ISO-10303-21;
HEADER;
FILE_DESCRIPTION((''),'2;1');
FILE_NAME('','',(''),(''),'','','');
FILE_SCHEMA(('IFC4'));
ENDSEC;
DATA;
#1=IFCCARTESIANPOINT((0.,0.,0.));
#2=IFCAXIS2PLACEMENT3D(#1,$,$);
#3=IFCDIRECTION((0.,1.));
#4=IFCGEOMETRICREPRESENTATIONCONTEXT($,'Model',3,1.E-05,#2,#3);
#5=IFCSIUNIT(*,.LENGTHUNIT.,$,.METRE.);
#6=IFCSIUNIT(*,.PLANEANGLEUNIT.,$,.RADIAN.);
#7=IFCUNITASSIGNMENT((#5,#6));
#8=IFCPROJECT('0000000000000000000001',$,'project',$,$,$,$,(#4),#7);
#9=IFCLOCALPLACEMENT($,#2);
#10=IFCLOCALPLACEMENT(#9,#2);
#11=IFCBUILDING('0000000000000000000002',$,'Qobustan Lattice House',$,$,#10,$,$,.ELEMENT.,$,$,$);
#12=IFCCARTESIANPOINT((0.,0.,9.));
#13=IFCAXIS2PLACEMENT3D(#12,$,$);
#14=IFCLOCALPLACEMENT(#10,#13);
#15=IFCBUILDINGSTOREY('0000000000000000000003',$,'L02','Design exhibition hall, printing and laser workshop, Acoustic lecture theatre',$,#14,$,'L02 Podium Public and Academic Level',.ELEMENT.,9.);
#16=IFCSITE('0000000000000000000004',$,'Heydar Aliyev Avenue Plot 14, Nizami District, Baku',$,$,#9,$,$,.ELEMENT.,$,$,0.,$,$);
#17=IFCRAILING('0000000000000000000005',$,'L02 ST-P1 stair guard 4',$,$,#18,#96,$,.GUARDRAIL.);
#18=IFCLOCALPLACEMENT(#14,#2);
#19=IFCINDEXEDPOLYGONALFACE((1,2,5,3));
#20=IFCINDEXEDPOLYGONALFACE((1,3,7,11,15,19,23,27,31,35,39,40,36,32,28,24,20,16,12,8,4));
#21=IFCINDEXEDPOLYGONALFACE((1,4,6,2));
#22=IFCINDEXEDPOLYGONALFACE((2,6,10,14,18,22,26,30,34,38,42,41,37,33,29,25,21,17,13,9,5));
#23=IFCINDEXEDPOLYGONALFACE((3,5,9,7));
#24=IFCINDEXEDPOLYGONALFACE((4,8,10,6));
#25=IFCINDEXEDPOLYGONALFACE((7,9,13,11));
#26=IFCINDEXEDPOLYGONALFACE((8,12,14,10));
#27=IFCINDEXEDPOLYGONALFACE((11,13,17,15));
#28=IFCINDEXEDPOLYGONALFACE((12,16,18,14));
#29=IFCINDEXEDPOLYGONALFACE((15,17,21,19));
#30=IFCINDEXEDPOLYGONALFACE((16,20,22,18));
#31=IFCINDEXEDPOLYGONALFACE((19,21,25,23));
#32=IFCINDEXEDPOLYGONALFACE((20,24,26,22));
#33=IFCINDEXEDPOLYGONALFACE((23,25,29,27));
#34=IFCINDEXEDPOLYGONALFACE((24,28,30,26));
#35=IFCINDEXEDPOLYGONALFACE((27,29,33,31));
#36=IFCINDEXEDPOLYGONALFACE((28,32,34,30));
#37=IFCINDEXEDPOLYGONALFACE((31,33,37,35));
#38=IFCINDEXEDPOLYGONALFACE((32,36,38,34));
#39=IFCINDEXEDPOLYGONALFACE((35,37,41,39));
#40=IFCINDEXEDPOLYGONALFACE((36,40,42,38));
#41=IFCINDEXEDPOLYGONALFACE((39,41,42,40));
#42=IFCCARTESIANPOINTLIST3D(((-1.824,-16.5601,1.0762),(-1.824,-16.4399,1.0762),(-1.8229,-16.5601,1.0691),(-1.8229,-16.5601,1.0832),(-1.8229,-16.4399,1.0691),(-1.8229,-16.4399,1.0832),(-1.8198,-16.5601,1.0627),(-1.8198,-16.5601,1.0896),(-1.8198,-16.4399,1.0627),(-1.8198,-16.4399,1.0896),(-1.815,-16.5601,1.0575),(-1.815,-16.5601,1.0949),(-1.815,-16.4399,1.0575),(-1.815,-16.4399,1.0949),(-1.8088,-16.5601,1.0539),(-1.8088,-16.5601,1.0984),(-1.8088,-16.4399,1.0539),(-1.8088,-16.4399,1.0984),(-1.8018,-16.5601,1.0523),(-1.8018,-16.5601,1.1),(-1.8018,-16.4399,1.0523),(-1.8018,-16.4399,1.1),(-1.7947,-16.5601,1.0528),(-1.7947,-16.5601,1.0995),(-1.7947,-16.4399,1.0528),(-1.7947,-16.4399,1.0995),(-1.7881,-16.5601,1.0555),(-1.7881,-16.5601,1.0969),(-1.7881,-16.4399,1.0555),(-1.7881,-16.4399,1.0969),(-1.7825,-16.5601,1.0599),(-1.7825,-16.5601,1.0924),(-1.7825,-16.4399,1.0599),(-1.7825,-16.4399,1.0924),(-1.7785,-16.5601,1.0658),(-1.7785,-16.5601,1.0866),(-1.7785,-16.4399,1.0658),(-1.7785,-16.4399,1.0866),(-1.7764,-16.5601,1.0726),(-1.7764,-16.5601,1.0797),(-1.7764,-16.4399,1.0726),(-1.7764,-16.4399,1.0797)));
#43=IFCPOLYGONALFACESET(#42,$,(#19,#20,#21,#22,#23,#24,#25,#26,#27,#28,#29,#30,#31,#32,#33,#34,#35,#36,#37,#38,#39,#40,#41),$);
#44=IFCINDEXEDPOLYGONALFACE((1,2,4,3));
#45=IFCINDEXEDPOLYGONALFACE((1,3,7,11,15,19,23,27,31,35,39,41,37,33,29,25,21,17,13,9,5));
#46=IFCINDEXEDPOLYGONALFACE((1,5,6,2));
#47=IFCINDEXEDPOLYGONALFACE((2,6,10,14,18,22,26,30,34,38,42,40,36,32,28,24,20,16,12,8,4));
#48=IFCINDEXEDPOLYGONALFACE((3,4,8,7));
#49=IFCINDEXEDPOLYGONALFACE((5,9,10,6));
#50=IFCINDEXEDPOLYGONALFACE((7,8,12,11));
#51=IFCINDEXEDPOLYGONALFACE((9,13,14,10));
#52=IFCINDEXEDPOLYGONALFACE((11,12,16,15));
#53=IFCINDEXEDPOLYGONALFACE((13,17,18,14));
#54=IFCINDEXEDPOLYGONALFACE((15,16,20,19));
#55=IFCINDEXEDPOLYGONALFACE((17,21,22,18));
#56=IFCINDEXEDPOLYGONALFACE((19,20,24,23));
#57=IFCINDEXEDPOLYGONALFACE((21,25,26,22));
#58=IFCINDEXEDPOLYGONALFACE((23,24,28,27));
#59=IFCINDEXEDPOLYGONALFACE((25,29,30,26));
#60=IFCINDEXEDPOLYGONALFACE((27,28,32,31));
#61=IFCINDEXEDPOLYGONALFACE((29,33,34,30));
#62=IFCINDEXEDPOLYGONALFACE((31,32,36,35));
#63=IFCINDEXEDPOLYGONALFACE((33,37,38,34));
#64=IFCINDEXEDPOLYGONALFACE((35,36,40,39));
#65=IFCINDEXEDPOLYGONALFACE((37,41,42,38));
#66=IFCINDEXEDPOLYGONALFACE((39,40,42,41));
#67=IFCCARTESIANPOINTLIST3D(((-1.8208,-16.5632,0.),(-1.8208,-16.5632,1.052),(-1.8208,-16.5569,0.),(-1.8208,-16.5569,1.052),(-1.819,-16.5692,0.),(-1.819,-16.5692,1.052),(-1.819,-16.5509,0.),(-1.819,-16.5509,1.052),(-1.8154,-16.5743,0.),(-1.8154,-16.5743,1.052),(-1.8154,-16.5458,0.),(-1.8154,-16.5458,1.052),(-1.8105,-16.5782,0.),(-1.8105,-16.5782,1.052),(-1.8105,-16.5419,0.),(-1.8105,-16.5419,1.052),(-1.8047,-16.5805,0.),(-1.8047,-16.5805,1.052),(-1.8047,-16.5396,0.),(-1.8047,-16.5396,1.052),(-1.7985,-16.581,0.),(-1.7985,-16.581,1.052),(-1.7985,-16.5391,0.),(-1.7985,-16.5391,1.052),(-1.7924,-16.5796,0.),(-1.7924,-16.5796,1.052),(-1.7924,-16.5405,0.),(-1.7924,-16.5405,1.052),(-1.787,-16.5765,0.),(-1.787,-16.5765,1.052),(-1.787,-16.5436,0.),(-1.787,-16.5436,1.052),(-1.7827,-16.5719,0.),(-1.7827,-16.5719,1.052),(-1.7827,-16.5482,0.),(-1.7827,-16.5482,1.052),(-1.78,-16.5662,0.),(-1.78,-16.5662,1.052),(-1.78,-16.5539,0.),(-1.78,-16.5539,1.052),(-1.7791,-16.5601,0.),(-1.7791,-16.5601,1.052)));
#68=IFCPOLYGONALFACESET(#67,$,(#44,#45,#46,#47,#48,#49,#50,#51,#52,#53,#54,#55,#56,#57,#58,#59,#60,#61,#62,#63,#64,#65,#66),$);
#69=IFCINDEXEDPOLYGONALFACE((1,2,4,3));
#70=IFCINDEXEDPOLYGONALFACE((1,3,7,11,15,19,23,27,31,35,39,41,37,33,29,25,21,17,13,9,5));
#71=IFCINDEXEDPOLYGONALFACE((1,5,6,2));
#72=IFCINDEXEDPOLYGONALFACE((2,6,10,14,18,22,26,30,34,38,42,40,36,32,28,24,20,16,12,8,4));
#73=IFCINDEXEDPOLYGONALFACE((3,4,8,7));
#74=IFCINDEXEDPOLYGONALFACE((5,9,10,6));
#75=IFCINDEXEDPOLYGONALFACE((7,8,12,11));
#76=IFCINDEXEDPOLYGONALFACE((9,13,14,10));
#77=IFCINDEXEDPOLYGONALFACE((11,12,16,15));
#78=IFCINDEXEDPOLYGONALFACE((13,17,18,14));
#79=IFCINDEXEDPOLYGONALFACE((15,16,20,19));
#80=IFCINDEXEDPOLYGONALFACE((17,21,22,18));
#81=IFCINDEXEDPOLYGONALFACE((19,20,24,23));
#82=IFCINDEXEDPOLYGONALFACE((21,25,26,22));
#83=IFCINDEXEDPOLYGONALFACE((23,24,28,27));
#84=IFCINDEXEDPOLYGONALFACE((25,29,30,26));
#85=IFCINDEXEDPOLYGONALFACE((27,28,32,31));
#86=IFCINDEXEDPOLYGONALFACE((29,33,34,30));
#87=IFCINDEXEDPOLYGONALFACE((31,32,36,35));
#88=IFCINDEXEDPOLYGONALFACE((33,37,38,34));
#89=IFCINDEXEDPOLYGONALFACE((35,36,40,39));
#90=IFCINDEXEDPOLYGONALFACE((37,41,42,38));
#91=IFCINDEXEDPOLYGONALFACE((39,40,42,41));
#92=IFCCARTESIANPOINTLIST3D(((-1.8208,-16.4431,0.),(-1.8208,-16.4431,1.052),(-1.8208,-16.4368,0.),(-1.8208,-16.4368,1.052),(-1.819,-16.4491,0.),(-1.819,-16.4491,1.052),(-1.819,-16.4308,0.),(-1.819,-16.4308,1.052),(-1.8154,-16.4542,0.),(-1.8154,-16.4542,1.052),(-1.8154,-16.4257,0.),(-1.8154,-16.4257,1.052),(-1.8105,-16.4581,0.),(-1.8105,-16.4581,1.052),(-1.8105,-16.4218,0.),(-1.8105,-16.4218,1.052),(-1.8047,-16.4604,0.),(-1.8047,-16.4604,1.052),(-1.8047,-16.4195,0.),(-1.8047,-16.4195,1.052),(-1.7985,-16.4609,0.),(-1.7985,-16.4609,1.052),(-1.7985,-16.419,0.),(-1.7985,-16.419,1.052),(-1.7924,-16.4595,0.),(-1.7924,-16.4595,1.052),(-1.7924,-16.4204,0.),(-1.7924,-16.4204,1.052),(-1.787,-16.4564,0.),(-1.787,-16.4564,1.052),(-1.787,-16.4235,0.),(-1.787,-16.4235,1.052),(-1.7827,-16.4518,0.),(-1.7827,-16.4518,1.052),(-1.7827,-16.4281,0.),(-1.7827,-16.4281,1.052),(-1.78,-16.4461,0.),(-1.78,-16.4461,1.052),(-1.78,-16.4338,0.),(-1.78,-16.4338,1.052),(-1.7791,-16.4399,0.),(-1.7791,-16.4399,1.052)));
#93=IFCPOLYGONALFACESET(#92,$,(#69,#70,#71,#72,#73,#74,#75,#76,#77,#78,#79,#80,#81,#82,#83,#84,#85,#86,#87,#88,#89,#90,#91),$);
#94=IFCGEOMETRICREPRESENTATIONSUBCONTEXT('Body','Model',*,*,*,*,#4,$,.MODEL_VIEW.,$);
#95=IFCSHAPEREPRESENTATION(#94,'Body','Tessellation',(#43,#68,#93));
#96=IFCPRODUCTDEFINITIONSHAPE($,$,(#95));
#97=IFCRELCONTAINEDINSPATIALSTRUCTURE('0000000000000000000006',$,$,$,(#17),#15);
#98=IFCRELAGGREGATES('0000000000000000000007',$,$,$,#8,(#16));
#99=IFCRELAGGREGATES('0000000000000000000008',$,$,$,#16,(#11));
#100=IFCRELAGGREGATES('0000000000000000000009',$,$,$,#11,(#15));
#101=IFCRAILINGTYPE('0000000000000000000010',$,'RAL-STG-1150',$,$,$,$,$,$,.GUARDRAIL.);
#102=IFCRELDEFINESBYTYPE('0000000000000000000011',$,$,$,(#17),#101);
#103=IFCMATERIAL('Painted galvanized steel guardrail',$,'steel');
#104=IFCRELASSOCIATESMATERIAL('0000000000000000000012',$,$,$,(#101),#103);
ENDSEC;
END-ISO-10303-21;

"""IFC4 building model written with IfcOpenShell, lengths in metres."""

from ifc_helpers import new_model, si_unit, direction, frame, origin, origin_2d, place, context, subcontext, project, spatial, circle, extrude, material, type_object, element, save


model = new_model("IFC4")

# Units and contexts
model_context = context("Model", 3, precision=1e-05, world=origin(), true_north=direction((0.0, 1.0)))
body_context = subcontext(model_context, "Body", "Model", "MODEL_VIEW")
ifc_project = project(units=[si_unit("LENGTHUNIT", "METRE"), si_unit("PLANEANGLEUNIT", "RADIAN")], contexts=[model_context])

# Site, building, storey
site_placement = place(None, origin())
site = spatial("IfcSite", under=ifc_project, at=site_placement, Name="Heydar Aliyev Avenue Plot 14, Nizami District, Baku", CompositionType="ELEMENT", RefElevation=0.0)
building_placement = place(site_placement, origin())
building = spatial("IfcBuilding", under=site, at=building_placement, Name="Qobustan Lattice House", CompositionType="ELEMENT")
storey_placement = place(building_placement, frame((0.0, 0.0, 9.0)))
storey = spatial("IfcBuildingStorey", under=building, at=storey_placement, Name="L02", Description="Design exhibition hall, printing and laser workshop, Acoustic lecture theatre", LongName="L02 Podium Public and Academic Level", CompositionType="ELEMENT", Elevation=9.0)

# Railing
ifc_material_1 = material(Name="Painted galvanized steel guardrail", Category="steel")
railing_type = type_object("IfcRailingType", Name="RAL-STG-1150", PredefinedType="GUARDRAIL", material=ifc_material_1)
railing_1_placement = place(storey_placement, frame((-1.8, -16.5601, 0.0)))
element("IfcRailing", 1, at=railing_1_placement, inside=storey, type_object=railing_type, Name="L02 ST-P1 stair guard 4", PredefinedType="GUARDRAIL", context=body_context, shape_type="SweptSolid", body=[
    extrude(circle(Radius=0.0239, at=origin_2d()), frame((0.0, 0.0, 1.0762), z_axis=(0.0, 1.0, 0.0), x_axis=(-1.0, 0.0, 0.0)), (0.0, 0.0, 1.0), 0.1201),
    extrude(circle(Radius=0.021, at=origin_2d()), origin(), (0.0, 0.0, 1.0), 1.052),
    extrude(circle(Radius=0.021, at=origin_2d()), frame((0.0, 0.1201, 0.0)), (0.0, 0.0, 1.0), 1.052),
])

save(model, "model.ifc")
